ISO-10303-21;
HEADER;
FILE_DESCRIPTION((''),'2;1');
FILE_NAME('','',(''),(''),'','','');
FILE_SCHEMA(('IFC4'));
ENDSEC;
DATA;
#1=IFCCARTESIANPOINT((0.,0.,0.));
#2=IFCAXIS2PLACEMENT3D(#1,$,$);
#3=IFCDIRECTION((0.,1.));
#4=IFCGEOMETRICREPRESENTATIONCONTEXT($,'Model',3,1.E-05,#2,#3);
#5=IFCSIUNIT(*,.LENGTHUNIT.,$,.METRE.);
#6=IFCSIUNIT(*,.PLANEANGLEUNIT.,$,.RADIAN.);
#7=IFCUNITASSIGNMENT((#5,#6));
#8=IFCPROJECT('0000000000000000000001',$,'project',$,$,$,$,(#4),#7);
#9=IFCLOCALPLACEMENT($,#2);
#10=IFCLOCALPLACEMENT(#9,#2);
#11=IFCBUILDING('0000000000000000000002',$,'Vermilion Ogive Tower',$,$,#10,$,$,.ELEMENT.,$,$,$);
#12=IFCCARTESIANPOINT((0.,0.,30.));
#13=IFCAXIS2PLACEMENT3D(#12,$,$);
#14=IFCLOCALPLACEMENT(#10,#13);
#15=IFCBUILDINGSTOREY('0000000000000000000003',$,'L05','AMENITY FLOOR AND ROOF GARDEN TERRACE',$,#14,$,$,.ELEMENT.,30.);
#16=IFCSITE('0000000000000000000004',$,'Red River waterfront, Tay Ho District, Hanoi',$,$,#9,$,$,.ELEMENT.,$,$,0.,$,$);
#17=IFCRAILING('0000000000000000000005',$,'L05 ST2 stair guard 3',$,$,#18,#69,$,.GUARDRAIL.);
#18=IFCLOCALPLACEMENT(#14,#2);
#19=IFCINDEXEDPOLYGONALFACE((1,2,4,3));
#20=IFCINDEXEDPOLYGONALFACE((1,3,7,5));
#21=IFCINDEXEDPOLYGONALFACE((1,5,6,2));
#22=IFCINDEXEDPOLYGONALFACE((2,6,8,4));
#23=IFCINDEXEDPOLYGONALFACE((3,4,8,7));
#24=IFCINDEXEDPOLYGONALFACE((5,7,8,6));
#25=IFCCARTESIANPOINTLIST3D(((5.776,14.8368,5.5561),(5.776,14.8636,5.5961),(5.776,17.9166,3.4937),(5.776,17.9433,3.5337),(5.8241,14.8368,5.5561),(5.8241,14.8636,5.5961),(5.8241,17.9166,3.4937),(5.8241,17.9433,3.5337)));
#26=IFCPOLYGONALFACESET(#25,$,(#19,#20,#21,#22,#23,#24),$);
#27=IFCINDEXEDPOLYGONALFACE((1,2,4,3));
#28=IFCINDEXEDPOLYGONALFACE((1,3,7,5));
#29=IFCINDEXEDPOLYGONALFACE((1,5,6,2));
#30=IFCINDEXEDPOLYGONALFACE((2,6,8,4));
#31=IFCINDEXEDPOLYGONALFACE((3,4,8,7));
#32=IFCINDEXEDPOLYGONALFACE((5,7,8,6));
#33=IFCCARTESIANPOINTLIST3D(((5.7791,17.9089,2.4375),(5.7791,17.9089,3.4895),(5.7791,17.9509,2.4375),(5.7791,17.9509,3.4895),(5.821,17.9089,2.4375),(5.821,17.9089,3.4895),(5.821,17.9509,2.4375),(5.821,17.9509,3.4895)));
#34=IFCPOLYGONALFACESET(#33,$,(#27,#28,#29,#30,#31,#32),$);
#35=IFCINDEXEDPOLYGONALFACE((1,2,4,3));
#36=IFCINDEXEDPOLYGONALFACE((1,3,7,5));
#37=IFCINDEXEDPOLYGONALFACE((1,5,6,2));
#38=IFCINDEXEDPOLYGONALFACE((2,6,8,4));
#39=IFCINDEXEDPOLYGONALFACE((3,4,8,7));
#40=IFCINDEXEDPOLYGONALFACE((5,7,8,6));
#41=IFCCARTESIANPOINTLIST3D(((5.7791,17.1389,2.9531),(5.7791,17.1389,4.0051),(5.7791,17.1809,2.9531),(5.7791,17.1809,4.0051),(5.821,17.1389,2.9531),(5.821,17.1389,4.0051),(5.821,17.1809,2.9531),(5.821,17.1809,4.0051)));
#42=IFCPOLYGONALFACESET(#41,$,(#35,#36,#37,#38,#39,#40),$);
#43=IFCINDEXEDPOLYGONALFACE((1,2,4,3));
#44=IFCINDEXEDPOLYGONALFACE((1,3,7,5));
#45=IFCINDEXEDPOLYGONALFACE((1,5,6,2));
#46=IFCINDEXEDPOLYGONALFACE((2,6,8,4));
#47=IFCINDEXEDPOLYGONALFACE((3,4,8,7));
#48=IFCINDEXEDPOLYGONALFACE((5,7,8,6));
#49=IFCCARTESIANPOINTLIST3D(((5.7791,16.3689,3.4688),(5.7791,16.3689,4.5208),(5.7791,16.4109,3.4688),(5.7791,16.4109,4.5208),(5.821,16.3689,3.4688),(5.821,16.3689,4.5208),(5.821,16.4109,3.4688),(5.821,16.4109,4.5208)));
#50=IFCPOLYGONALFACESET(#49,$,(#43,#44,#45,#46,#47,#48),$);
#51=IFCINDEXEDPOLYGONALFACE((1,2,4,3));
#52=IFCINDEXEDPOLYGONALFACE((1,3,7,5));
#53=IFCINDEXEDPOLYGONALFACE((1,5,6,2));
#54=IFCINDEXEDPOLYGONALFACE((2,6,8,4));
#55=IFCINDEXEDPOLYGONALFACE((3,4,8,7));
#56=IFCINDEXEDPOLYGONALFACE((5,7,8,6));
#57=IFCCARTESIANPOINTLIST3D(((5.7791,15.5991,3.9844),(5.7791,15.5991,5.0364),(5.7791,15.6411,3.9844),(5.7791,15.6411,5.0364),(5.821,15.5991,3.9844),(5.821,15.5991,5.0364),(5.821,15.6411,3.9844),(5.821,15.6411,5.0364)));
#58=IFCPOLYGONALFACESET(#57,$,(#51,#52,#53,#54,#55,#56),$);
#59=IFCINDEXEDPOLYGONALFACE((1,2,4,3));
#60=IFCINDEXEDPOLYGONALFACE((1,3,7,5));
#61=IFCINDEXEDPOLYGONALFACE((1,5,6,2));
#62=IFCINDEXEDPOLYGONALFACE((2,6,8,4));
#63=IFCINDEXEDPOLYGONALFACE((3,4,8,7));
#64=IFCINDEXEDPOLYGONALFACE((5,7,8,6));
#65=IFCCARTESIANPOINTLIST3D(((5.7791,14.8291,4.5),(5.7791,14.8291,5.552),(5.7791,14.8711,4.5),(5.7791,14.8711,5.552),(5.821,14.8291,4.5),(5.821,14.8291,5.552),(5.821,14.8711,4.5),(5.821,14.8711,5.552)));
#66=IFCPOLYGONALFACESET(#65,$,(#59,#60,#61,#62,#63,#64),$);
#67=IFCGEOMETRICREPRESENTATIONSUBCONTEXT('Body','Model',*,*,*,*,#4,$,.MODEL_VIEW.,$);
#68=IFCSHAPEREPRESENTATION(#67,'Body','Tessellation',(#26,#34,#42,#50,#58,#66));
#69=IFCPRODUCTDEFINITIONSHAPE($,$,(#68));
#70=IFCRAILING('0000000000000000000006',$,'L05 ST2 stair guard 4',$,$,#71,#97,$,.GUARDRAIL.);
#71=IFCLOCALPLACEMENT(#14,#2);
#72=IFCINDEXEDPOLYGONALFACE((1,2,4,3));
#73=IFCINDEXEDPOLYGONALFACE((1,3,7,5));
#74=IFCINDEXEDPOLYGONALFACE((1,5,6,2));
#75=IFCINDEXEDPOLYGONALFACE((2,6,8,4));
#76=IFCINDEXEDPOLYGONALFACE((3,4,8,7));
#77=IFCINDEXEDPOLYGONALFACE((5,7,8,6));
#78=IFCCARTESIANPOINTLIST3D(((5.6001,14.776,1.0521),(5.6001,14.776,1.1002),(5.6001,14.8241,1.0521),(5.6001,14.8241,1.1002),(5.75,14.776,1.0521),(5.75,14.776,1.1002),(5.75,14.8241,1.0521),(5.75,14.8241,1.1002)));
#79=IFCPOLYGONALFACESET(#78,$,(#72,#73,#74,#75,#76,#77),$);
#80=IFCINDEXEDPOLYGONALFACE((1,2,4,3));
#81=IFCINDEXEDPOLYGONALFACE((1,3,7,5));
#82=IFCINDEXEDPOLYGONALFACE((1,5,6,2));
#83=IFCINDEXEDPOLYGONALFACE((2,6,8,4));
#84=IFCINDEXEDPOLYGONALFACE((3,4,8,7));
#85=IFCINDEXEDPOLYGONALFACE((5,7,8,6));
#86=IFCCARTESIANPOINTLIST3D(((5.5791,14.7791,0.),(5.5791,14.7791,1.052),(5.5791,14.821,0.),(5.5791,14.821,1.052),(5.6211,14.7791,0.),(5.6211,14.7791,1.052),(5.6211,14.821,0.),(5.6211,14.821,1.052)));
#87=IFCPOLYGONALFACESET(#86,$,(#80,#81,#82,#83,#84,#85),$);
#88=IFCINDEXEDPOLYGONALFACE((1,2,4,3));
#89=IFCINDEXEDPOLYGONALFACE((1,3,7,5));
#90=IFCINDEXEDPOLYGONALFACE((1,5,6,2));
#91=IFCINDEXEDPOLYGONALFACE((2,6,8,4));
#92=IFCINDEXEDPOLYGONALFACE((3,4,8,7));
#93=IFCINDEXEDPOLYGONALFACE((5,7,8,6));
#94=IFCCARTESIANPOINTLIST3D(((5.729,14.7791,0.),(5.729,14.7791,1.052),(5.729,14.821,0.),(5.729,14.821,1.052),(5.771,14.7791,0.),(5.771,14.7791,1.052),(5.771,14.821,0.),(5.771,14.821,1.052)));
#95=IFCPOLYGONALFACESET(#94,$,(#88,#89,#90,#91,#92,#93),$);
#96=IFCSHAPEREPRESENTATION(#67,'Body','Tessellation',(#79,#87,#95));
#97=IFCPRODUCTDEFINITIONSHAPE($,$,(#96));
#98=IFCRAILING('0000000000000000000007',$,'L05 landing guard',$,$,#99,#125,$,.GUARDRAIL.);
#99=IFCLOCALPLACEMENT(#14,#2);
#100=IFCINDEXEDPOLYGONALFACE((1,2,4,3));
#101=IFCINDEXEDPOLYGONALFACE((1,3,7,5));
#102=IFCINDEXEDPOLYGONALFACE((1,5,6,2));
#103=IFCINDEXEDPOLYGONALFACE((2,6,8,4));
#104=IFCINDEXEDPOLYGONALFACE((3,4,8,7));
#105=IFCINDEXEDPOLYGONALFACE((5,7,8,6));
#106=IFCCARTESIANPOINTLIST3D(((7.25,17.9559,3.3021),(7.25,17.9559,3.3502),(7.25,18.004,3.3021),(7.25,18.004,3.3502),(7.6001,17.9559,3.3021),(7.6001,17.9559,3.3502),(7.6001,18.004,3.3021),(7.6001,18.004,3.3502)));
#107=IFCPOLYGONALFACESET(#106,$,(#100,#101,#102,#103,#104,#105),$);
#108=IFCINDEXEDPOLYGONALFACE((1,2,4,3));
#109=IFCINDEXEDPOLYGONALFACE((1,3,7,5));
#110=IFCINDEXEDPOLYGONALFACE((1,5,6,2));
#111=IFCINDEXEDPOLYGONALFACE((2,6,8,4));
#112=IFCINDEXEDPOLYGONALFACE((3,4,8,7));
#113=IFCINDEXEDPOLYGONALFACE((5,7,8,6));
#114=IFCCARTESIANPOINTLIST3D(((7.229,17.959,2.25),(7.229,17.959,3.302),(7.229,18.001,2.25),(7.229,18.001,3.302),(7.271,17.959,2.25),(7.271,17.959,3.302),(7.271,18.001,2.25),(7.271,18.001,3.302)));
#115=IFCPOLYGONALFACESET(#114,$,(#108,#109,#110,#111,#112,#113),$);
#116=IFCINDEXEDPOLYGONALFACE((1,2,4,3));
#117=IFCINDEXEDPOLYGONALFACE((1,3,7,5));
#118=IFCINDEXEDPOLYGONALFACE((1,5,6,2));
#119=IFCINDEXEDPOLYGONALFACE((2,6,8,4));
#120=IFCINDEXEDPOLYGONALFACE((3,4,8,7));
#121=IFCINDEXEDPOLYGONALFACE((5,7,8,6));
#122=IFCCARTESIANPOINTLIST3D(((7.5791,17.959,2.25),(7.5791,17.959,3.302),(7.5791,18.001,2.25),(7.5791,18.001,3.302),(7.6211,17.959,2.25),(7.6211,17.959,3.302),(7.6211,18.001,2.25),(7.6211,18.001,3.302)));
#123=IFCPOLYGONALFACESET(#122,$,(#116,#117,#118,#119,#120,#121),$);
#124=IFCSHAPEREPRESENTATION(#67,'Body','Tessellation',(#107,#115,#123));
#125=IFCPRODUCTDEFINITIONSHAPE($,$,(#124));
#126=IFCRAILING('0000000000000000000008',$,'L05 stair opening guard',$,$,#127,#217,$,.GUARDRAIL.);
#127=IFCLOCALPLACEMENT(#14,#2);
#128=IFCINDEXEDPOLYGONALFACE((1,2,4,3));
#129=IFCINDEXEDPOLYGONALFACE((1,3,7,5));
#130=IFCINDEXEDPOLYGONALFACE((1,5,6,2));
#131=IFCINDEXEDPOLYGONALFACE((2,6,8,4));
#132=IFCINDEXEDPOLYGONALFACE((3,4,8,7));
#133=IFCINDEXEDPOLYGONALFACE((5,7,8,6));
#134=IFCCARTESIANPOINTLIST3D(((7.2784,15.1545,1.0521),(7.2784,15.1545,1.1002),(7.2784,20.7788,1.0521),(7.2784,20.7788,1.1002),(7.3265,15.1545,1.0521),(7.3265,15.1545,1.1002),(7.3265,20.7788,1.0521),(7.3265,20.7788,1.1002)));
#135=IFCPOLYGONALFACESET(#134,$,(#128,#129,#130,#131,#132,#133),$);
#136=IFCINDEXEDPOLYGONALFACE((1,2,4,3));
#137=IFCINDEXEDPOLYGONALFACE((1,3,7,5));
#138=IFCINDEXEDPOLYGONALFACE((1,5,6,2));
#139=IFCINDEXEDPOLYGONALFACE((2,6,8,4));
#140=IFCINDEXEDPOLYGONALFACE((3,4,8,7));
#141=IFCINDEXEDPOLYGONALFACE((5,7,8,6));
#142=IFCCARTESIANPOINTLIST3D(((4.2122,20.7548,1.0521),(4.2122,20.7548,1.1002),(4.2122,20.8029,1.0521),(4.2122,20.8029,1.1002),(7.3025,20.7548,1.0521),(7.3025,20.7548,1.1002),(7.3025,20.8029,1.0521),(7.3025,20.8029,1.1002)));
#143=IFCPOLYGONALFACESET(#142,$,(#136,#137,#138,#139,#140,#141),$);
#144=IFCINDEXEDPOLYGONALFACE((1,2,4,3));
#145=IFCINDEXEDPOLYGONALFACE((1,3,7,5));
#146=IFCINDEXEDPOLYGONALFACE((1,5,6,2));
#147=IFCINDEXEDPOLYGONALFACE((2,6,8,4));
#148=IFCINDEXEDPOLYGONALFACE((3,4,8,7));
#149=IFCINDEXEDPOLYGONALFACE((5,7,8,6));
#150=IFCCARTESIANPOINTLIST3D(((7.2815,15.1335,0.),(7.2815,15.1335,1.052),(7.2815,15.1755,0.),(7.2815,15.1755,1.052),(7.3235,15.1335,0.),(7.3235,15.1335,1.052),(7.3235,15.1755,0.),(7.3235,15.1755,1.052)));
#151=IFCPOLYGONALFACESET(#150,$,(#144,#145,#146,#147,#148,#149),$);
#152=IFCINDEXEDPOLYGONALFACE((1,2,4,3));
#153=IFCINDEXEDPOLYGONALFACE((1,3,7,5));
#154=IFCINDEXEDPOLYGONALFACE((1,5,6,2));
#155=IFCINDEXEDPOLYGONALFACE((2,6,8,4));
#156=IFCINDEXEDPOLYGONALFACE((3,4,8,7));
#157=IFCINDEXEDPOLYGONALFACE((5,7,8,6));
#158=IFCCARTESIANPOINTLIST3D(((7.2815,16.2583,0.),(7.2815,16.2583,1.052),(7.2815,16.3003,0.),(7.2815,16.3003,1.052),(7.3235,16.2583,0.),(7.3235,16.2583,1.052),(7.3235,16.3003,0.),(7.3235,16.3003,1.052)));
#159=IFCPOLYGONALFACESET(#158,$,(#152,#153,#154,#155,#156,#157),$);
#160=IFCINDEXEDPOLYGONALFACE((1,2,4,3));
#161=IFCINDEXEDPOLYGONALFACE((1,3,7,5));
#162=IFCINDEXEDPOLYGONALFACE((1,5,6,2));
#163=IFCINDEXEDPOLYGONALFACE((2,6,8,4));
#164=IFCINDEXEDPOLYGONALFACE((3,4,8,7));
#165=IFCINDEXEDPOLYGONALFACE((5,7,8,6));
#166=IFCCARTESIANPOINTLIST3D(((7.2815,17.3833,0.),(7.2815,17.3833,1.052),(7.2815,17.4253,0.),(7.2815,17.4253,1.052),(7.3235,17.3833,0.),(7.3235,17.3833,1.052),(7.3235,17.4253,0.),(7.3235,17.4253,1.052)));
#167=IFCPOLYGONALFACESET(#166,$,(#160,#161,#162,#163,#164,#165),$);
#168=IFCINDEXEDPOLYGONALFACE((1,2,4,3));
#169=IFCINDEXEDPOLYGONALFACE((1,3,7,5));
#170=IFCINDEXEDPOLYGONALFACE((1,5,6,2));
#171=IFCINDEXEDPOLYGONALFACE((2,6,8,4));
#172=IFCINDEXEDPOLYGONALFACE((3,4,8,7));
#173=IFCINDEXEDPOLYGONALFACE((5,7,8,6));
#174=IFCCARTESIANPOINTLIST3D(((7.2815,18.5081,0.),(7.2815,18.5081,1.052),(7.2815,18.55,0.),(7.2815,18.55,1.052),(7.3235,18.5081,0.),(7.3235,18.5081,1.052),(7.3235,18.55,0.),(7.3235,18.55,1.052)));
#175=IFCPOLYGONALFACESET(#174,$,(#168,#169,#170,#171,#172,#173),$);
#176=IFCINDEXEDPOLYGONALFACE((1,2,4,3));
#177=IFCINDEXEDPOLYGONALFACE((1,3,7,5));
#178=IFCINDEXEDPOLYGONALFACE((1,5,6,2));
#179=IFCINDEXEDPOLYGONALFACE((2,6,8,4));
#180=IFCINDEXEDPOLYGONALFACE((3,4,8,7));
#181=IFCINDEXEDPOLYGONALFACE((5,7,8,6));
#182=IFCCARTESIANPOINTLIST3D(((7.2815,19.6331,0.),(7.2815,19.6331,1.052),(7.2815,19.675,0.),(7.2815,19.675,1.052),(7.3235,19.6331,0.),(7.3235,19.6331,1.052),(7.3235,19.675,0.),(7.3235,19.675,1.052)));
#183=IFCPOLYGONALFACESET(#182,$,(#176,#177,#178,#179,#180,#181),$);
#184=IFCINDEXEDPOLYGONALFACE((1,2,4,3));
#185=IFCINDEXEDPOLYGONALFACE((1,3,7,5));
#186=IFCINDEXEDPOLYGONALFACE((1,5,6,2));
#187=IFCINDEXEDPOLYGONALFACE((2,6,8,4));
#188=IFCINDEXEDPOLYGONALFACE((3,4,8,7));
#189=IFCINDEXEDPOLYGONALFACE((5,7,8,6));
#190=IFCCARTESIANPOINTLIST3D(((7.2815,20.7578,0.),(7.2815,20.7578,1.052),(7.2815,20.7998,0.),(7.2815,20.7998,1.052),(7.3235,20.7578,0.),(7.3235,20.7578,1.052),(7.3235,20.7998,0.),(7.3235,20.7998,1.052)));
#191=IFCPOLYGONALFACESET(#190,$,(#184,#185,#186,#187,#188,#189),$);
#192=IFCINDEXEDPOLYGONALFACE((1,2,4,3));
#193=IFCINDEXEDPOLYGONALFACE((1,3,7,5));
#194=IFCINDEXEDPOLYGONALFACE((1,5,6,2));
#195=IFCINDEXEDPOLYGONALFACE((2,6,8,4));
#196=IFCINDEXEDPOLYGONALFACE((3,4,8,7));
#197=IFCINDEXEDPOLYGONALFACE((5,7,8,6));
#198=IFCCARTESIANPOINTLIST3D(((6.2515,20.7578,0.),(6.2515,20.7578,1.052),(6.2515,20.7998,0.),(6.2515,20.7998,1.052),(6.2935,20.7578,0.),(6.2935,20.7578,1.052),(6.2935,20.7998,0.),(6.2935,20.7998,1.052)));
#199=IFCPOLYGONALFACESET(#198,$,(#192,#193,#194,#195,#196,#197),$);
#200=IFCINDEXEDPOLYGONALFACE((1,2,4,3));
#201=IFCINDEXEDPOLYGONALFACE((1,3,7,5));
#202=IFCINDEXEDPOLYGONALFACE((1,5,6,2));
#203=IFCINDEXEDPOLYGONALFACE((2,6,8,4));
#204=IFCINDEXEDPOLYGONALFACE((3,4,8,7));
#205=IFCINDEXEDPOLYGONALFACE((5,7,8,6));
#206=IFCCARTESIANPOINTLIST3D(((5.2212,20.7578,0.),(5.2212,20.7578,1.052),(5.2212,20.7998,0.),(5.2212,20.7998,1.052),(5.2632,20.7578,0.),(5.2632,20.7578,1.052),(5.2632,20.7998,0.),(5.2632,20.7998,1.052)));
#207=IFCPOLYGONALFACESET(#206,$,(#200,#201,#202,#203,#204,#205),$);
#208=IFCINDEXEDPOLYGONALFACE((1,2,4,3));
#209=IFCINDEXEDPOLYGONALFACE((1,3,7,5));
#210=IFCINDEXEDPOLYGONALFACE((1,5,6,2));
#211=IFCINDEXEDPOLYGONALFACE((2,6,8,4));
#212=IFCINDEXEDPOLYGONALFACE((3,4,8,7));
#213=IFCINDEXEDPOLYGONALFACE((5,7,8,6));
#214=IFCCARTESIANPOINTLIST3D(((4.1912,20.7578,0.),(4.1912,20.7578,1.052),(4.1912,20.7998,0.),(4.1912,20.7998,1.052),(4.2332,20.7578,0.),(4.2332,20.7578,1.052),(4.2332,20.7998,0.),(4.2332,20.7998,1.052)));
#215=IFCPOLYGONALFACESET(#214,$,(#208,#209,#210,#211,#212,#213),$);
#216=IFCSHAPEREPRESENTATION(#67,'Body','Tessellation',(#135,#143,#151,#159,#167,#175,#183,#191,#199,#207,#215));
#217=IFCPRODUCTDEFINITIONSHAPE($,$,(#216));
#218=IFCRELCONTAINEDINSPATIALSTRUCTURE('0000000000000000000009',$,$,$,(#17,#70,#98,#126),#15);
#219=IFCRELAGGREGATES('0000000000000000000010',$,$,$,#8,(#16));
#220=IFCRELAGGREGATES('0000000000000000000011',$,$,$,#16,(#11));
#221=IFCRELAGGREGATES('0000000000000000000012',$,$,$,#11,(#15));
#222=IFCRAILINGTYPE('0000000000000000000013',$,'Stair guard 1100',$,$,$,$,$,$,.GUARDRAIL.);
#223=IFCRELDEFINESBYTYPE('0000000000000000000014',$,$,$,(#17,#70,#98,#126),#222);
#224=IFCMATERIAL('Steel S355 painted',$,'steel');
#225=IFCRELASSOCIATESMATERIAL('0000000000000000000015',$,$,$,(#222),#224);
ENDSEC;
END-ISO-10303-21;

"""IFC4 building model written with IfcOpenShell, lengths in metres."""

from ifc_helpers import new_model, si_unit, direction, frame, origin, origin_2d, place, context, subcontext, project, spatial, rectangle, extrude, material, type_object, element, save


model = new_model("IFC4")

# Units and contexts
model_context = context("Model", 3, precision=1e-05, world=origin(), true_north=direction((0.0, 1.0)))
body_context = subcontext(model_context, "Body", "Model", "MODEL_VIEW")
ifc_project = project(units=[si_unit("LENGTHUNIT", "METRE"), si_unit("PLANEANGLEUNIT", "RADIAN")], contexts=[model_context])

# Site, building, storey
site_placement = place(None, origin())
site = spatial("IfcSite", under=ifc_project, at=site_placement, Name="Red River waterfront, Tay Ho District, Hanoi", CompositionType="ELEMENT", RefElevation=0.0)
building_placement = place(site_placement, origin())
building = spatial("IfcBuilding", under=site, at=building_placement, Name="Vermilion Ogive Tower", CompositionType="ELEMENT")
storey_placement = place(building_placement, frame((0.0, 0.0, 30.0)))
storey = spatial("IfcBuildingStorey", under=building, at=storey_placement, Name="L05", Description="AMENITY FLOOR AND ROOF GARDEN TERRACE", CompositionType="ELEMENT", Elevation=30.0)

# Railings
ifc_material_1 = material(Name="Steel S355 painted", Category="steel")
railing_type_1 = type_object("IfcRailingType", Name="Stair guard 1100", PredefinedType="GUARDRAIL", material=ifc_material_1)
railing_1_placement = place(storey_placement, frame((5.8, 17.9299, 2.4375)))
element("IfcRailing", 1, at=railing_1_placement, inside=storey, type_object=railing_type_1, Name="L05 ST2 stair guard 3", PredefinedType="GUARDRAIL", context=body_context, shape_type="SweptSolid", body=[
    extrude(rectangle(XDim=0.0481, YDim=0.0481, at=origin_2d()), frame((0.0, 0.0, 1.0762), z_axis=(0.0, -0.830893, 0.556432), x_axis=(1.0, 0.0, 0.0)), (0.0, 0.0, 1.0), 3.7065),
    extrude(rectangle(XDim=0.042, YDim=0.042, at=origin_2d()), origin(), (0.0, 0.0, 1.0), 1.052),
    extrude(rectangle(XDim=0.042, YDim=0.042, at=origin_2d()), frame((0.0, -0.77, 0.5156)), (0.0, 0.0, 1.0), 1.052),
    extrude(rectangle(XDim=0.042, YDim=0.042, at=origin_2d()), frame((0.0, -1.54, 1.0312)), (0.0, 0.0, 1.0), 1.052),
    extrude(rectangle(XDim=0.042, YDim=0.042, at=origin_2d()), frame((0.0, -2.3098, 1.5469)), (0.0, 0.0, 1.0), 1.052),
    extrude(rectangle(XDim=0.042, YDim=0.042, at=origin_2d()), frame((0.0, -3.0798, 2.0625)), (0.0, 0.0, 1.0), 1.052),
])
railing_2_placement = place(storey_placement, frame((5.6001, 14.8, 0.0)))
element("IfcRailing", 2, at=railing_2_placement, inside=storey, type_object=railing_type_1, Name="L05 ST2 stair guard 4", PredefinedType="GUARDRAIL", context=body_context, shape_type="SweptSolid", body=[
    extrude(rectangle(XDim=0.0481, YDim=0.0481, at=origin_2d()), frame((0.0, 0.0, 1.0762), z_axis=(1.0, 0.0, 0.0), x_axis=(0.0, 1.0, 0.0)), (0.0, 0.0, 1.0), 0.1499),
    extrude(rectangle(XDim=0.042, YDim=0.042, at=origin_2d()), origin(), (0.0, 0.0, 1.0), 1.052),
    extrude(rectangle(XDim=0.042, YDim=0.042, at=origin_2d()), frame((0.1499, 0.0, 0.0)), (0.0, 0.0, 1.0), 1.052),
])
railing_3_placement = place(storey_placement, frame((7.25, 17.98, 2.25)))
element("IfcRailing", 3, at=railing_3_placement, inside=storey, type_object=railing_type_1, Name="L05 landing guard", PredefinedType="GUARDRAIL", context=body_context, shape_type="SweptSolid", body=[
    extrude(rectangle(XDim=0.0481, YDim=0.0481, at=origin_2d()), frame((0.0, 0.0, 1.0762), z_axis=(1.0, 0.0, 0.0), x_axis=(0.0, 1.0, 0.0)), (0.0, 0.0, 1.0), 0.3501),
    extrude(rectangle(XDim=0.042, YDim=0.042, at=origin_2d()), origin(), (0.0, 0.0, 1.0), 1.052),
    extrude(rectangle(XDim=0.042, YDim=0.042, at=origin_2d()), frame((0.3501, 0.0, 0.0)), (0.0, 0.0, 1.0), 1.052),
])
railing_4_placement = place(storey_placement, frame((7.3025, 15.1545, 0.0)))
element("IfcRailing", 4, at=railing_4_placement, inside=storey, type_object=railing_type_1, Name="L05 stair opening guard", PredefinedType="GUARDRAIL", context=body_context, shape_type="SweptSolid", body=[
    extrude(rectangle(XDim=0.0481, YDim=0.0481, at=origin_2d()), frame((0.0, 0.0, 1.0762), z_axis=(0.0, 1.0, 0.0), x_axis=(-1.0, 0.0, 0.0)), (0.0, 0.0, 1.0), 5.6243),
    extrude(rectangle(XDim=0.0481, YDim=0.0481, at=origin_2d()), frame((0.0, 5.6243, 1.0762), z_axis=(-1.0, 0.0, 0.0), x_axis=(0.0, -1.0, 0.0)), (0.0, 0.0, 1.0), 3.0903),
    extrude(rectangle(XDim=0.042, YDim=0.042, at=origin_2d()), origin(), (0.0, 0.0, 1.0), 1.052),
    extrude(rectangle(XDim=0.042, YDim=0.042, at=origin_2d()), frame((0.0, 1.1248, 0.0)), (0.0, 0.0, 1.0), 1.052),
    extrude(rectangle(XDim=0.042, YDim=0.042, at=origin_2d()), frame((0.0, 2.2498, 0.0)), (0.0, 0.0, 1.0), 1.052),
    extrude(rectangle(XDim=0.042, YDim=0.042, at=origin_2d()), frame((0.0, 3.3745, 0.0)), (0.0, 0.0, 1.0), 1.052),
    extrude(rectangle(XDim=0.042, YDim=0.042, at=origin_2d()), frame((0.0, 4.4995, 0.0)), (0.0, 0.0, 1.0), 1.052),
    extrude(rectangle(XDim=0.042, YDim=0.042, at=origin_2d()), frame((0.0, 5.6243, 0.0)), (0.0, 0.0, 1.0), 1.052),
    extrude(rectangle(XDim=0.042, YDim=0.042, at=origin_2d()), frame((-1.03, 5.6243, 0.0)), (0.0, 0.0, 1.0), 1.052),
    extrude(rectangle(XDim=0.042, YDim=0.042, at=origin_2d()), frame((-2.0603, 5.6243, 0.0)), (0.0, 0.0, 1.0), 1.052),
    extrude(rectangle(XDim=0.042, YDim=0.042, at=origin_2d()), frame((-3.0903, 5.6243, 0.0)), (0.0, 0.0, 1.0), 1.052),
])

save(model, "model.ifc")
